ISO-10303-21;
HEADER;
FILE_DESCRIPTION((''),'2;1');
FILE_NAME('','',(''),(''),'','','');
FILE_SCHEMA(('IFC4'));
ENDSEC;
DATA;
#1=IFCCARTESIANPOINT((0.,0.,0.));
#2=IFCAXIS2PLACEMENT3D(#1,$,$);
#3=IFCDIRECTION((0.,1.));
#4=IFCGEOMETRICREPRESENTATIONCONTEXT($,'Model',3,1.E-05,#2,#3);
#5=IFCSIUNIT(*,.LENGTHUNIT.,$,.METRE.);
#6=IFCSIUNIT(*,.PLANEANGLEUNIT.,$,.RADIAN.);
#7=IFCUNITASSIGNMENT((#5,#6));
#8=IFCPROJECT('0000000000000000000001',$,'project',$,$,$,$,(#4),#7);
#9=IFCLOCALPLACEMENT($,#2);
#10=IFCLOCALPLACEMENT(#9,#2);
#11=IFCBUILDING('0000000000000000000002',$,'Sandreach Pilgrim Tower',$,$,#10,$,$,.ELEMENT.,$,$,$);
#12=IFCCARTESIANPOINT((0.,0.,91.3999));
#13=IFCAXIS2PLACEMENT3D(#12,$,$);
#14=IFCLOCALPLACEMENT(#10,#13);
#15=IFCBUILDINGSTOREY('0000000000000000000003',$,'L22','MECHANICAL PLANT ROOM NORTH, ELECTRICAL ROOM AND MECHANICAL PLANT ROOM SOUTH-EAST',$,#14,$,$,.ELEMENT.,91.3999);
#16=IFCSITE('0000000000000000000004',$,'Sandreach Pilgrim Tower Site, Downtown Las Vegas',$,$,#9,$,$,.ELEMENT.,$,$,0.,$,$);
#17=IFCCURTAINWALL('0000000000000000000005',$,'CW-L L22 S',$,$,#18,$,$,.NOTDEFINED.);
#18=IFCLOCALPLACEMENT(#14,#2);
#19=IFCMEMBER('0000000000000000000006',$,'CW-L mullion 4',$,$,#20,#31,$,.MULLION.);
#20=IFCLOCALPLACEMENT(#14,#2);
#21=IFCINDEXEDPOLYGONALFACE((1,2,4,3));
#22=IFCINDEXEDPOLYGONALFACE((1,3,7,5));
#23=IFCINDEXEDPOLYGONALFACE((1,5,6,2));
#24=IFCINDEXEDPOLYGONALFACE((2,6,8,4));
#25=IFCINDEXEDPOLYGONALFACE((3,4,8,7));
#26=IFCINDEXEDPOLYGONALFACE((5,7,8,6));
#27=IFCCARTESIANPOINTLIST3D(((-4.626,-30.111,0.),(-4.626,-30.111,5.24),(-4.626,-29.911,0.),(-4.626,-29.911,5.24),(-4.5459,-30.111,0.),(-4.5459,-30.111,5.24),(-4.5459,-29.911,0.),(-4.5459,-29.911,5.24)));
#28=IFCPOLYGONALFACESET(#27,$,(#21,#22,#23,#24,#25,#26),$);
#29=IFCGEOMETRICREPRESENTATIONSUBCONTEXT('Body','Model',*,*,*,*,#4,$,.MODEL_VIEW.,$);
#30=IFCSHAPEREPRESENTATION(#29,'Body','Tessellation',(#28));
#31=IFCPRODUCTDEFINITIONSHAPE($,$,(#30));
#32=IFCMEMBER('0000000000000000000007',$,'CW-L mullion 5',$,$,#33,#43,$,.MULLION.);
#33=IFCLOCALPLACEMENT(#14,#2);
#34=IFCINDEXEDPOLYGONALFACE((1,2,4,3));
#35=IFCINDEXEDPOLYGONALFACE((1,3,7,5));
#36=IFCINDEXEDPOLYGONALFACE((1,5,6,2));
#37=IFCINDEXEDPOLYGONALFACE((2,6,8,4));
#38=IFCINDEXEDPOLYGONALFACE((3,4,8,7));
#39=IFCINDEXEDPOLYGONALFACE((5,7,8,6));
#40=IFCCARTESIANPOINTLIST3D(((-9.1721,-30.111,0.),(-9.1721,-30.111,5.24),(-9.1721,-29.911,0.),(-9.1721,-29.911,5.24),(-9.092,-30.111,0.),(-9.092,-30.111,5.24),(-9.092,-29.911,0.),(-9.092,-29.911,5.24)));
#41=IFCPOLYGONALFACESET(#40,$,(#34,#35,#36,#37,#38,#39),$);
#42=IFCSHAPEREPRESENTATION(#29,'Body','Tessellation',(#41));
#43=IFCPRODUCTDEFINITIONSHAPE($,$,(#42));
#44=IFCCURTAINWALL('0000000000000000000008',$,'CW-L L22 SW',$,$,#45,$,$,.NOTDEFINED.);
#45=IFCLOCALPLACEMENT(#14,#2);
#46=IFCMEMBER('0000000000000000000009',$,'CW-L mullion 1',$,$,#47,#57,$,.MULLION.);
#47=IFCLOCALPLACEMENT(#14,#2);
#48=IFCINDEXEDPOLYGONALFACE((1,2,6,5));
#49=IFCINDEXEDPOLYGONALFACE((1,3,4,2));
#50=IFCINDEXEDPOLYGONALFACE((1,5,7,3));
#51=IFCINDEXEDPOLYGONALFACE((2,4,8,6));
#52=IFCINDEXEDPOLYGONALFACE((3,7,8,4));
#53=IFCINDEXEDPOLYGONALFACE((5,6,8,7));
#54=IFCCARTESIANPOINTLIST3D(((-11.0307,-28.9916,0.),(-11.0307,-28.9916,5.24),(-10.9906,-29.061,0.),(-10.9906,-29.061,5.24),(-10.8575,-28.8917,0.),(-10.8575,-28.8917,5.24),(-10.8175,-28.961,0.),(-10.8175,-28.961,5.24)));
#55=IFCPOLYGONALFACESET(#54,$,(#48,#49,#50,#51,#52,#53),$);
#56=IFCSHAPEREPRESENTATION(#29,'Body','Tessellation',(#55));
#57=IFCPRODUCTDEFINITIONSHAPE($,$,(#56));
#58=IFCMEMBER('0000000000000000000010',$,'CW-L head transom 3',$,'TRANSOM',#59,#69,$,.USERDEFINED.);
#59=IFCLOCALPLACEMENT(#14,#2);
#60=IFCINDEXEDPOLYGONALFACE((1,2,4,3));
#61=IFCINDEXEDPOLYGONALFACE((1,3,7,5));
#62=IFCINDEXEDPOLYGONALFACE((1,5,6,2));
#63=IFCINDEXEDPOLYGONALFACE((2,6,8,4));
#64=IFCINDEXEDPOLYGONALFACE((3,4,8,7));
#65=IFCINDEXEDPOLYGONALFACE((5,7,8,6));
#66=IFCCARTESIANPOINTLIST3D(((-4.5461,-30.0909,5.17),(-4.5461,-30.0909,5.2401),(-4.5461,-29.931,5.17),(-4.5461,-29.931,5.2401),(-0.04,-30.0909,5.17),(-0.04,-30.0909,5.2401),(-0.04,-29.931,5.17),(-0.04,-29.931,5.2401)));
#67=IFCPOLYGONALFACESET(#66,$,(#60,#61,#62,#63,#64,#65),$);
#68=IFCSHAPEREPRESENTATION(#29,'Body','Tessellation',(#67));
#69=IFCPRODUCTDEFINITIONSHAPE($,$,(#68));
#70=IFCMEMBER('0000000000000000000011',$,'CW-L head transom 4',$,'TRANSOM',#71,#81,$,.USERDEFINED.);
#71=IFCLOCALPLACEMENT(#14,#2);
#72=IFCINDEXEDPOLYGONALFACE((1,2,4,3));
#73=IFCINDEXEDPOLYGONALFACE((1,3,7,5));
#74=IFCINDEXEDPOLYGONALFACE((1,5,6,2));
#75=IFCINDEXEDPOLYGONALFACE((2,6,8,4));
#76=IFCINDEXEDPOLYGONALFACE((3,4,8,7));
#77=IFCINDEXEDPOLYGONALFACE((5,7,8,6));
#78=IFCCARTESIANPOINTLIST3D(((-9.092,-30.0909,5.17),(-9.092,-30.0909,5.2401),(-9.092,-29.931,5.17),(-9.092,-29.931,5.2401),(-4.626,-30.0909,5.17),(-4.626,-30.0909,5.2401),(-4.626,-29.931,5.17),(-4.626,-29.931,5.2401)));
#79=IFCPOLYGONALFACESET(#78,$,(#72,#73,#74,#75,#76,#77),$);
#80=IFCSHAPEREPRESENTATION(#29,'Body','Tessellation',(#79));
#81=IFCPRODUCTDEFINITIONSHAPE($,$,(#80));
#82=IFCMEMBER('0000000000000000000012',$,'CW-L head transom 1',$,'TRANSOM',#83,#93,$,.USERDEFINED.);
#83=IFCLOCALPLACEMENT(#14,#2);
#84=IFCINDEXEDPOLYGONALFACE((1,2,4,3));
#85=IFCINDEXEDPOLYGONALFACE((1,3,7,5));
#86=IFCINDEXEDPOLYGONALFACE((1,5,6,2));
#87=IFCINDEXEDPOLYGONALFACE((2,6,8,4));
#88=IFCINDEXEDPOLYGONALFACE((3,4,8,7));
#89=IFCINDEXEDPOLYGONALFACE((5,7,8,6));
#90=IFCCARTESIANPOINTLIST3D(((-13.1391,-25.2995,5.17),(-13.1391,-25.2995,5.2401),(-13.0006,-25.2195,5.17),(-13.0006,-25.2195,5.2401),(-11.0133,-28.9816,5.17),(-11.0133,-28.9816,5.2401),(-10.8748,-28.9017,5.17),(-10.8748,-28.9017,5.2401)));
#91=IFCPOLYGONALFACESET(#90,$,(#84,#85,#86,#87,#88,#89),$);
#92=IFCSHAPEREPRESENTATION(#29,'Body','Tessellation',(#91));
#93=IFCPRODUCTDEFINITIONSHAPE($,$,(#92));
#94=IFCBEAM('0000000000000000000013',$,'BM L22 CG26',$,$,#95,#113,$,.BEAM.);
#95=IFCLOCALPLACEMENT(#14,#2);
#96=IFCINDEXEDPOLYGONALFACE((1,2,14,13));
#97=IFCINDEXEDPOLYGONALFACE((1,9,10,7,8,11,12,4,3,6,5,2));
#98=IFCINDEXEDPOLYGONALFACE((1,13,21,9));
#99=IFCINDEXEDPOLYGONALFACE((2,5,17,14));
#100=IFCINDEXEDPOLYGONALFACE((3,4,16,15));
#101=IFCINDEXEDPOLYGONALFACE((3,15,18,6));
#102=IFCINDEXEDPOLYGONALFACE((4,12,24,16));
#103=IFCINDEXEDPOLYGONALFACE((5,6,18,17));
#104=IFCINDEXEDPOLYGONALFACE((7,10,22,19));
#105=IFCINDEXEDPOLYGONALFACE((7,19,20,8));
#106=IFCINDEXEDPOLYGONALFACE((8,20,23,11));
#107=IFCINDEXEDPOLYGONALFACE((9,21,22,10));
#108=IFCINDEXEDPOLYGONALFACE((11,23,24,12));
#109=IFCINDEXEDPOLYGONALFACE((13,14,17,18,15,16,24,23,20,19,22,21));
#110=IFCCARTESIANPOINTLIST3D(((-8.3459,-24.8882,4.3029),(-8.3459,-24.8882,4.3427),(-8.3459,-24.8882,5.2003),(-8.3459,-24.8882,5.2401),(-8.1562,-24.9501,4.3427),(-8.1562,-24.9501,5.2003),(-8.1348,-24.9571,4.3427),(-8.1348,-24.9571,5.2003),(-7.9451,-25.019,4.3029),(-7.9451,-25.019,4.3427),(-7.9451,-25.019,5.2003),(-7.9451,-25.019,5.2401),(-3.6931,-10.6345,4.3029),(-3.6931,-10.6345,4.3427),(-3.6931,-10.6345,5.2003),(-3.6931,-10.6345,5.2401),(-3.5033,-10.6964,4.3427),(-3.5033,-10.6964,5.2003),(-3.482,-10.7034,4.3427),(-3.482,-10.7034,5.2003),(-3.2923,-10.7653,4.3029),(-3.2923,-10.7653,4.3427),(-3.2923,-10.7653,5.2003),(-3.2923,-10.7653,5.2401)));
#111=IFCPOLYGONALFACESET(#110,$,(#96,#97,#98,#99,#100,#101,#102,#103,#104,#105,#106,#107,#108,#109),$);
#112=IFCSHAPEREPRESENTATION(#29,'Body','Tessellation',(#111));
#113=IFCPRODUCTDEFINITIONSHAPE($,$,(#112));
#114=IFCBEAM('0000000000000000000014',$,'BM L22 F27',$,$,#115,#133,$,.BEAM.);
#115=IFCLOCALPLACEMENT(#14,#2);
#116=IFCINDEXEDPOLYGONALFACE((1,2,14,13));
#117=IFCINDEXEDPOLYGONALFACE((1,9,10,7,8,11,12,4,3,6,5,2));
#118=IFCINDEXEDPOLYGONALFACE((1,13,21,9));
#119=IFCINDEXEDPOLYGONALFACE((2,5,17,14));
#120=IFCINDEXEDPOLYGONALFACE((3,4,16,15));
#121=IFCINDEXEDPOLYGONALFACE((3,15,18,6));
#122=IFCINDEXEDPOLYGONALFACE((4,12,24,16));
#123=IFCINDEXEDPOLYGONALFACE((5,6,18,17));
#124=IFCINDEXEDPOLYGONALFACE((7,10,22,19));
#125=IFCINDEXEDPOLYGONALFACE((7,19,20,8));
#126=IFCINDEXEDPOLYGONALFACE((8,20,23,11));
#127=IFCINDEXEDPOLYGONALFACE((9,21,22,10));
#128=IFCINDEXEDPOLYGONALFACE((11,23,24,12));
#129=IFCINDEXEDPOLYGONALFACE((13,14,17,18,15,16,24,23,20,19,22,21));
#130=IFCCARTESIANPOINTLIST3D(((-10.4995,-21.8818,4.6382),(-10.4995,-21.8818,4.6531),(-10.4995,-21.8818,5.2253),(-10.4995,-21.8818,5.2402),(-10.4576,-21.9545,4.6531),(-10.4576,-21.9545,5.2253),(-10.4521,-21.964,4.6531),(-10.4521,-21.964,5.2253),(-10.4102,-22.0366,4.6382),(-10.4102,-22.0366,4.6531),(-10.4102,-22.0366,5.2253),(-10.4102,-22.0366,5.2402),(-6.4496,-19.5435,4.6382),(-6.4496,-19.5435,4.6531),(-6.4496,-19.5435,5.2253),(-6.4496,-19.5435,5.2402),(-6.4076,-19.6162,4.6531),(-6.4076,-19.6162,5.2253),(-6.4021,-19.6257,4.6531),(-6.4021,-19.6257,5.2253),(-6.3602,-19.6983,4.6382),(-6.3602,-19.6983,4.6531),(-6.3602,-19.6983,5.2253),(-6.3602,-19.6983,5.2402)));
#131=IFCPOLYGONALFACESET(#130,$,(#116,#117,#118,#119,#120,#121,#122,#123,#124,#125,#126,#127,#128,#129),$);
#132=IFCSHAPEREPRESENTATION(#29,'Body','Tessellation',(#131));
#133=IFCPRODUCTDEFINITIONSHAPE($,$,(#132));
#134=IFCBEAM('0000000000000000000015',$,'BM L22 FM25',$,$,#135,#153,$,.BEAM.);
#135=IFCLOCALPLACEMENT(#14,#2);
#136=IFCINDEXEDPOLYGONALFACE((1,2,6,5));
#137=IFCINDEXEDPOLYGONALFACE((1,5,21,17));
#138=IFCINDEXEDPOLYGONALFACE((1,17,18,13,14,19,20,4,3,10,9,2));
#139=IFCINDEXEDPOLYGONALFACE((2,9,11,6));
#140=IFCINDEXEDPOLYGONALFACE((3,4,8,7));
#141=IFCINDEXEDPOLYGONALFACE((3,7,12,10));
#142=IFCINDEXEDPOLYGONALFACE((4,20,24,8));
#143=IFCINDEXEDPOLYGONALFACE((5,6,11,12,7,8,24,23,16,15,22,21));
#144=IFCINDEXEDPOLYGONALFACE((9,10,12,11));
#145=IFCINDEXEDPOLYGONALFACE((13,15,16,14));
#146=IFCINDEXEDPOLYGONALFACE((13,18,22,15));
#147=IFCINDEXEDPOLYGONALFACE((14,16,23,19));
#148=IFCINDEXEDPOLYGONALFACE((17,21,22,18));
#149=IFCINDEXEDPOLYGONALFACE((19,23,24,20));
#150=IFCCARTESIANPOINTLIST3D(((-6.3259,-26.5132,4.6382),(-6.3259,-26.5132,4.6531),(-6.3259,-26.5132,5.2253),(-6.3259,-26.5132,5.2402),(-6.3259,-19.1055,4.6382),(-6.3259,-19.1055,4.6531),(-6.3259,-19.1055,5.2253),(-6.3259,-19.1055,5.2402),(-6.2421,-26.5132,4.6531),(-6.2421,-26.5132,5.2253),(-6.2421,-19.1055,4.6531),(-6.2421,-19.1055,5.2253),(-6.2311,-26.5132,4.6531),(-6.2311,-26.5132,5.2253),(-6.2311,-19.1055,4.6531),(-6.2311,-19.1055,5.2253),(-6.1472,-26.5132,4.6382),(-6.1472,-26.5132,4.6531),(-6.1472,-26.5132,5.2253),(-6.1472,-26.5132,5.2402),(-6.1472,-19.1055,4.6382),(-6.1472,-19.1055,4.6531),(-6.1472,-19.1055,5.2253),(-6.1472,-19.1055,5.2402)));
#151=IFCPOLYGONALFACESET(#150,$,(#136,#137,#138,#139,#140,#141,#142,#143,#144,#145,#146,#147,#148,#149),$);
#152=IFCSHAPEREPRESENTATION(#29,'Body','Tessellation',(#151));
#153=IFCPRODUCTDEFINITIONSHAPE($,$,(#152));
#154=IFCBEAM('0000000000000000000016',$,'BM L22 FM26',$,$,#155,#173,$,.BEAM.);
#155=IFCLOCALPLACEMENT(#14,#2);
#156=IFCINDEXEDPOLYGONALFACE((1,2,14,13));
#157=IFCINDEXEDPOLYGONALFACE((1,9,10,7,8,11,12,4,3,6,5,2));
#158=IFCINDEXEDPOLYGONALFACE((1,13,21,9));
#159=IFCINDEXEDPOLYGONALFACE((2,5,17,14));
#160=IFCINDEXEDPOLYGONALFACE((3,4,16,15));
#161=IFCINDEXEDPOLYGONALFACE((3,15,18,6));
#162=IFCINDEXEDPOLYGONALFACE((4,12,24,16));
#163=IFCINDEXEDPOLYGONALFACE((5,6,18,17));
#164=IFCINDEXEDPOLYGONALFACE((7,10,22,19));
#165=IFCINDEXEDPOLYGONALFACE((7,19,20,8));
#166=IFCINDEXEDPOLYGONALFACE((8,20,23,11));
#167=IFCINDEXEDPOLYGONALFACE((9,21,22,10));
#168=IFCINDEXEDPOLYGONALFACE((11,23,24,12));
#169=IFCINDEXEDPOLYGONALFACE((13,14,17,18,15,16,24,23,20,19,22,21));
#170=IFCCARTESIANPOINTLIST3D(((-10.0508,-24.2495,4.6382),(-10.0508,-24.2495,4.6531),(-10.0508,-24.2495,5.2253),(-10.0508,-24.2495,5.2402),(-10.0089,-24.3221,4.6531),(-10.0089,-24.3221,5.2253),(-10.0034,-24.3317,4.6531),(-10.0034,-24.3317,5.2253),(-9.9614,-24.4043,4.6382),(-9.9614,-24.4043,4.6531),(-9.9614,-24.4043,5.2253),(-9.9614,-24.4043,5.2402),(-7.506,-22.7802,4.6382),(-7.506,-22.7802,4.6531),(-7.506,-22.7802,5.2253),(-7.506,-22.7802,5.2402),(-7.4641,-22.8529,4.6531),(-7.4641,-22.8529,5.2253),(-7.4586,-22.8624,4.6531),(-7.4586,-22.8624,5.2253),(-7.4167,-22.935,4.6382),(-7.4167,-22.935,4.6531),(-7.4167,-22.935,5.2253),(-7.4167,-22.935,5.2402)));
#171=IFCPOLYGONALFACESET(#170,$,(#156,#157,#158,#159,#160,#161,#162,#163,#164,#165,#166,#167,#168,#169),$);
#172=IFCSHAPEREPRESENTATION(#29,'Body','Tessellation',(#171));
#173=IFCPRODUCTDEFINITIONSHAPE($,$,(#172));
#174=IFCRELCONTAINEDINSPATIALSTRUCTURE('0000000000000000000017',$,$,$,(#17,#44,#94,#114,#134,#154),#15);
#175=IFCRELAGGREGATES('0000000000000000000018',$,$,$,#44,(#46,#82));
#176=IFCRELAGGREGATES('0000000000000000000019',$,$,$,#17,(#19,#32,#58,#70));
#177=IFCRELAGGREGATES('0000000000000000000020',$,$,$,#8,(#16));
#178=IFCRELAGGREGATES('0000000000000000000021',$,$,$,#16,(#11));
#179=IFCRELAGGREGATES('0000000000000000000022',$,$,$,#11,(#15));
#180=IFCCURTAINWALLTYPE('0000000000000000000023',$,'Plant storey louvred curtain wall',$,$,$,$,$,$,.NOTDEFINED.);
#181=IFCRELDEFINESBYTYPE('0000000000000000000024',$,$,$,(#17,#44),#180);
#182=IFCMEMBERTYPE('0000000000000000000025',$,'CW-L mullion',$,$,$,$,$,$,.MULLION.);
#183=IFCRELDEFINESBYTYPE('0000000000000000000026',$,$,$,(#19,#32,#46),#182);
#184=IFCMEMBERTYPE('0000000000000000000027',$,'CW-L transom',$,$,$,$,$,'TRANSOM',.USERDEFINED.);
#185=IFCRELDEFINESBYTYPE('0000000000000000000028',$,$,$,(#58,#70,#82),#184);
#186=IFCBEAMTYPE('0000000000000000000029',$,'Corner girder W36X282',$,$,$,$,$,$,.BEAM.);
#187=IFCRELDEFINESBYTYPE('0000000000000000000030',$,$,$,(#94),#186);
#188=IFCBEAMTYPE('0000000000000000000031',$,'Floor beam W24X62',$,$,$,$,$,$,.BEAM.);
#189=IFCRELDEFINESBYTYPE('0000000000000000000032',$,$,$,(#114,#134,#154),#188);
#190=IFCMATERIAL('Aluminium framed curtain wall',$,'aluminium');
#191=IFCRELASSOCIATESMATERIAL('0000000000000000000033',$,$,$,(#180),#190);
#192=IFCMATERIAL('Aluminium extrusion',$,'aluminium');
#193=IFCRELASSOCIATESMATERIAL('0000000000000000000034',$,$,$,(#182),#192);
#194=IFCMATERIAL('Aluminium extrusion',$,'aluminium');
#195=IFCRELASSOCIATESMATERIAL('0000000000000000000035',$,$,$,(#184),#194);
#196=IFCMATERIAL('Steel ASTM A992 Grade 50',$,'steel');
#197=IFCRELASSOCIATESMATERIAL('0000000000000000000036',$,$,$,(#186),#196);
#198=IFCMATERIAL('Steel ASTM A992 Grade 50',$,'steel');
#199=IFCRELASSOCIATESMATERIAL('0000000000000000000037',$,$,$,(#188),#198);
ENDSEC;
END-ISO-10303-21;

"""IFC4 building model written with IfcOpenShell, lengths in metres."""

from ifc_helpers import new_model, si_unit, direction, frame, origin, origin_2d, place, context, subcontext, project, spatial, rectangle, i_section, extrude, material, material_profile, profile_set, type_object, element, aggregate, save


model = new_model("IFC4")

# Units and contexts
model_context = context("Model", 3, precision=1e-05, world=origin(), true_north=direction((0.0, 1.0)))
body_context = subcontext(model_context, "Body", "Model", "MODEL_VIEW")
ifc_project = project(units=[si_unit("LENGTHUNIT", "METRE"), si_unit("PLANEANGLEUNIT", "RADIAN")], contexts=[model_context])

# Site, building, storey
site_placement = place(None, origin())
site = spatial("IfcSite", under=ifc_project, at=site_placement, Name="Sandreach Pilgrim Tower Site, Downtown Las Vegas", CompositionType="ELEMENT", RefElevation=0.0)
building_placement = place(site_placement, origin())
building = spatial("IfcBuilding", under=site, at=building_placement, Name="Sandreach Pilgrim Tower", CompositionType="ELEMENT")
storey_placement = place(building_placement, frame((0.0, 0.0, 91.3999)))
storey = spatial("IfcBuildingStorey", under=building, at=storey_placement, Name="L22", Description="MECHANICAL PLANT ROOM NORTH, ELECTRICAL ROOM AND MECHANICAL PLANT ROOM SOUTH-EAST", CompositionType="ELEMENT", Elevation=91.3999)

# Curtain wall, members
ifc_material_1 = material(Name="Aluminium framed curtain wall", Category="aluminium")
curtain_wall_type = type_object("IfcCurtainWallType", Name="Plant storey louvred curtain wall", PredefinedType="NOTDEFINED", material=ifc_material_1)
curtain_wall_1_placement = place(storey_placement, origin())
curtain_wall_1 = element("IfcCurtainWall", 1, at=curtain_wall_1_placement, inside=storey, type_object=curtain_wall_type, Name="CW-L L22 S", PredefinedType="NOTDEFINED")
ifc_material_2 = material(Name="Aluminium extrusion", Category="aluminium")
ifc_material_profile_1 = material_profile(ifc_material_2, rectangle(XDim=0.0801, YDim=0.2, at=origin_2d()), Name="CW-LM 80X200")
ifc_profile_set_1 = profile_set([ifc_material_profile_1], Name="Aluminium extrusion")
member_type_1 = type_object("IfcMemberType", Name="CW-L mullion", PredefinedType="MULLION", material=ifc_profile_set_1)
member_1_placement = place(storey_placement, frame((-4.5859, -30.011, 0.0), z_axis=(0.0, 0.0, 1.0), x_axis=(-1.0, 0.0, 0.0)))
member_1 = element("IfcMember", 2, at=member_1_placement, type_object=member_type_1, Name="CW-L mullion 4", PredefinedType="MULLION", context=body_context, shape_type="SweptSolid", body=[
    extrude(rectangle(XDim=0.0801, YDim=0.2, at=origin_2d()), origin(), (0.0, 0.0, 1.0), 5.24),
])
member_2_placement = place(storey_placement, frame((-9.1321, -30.011, 0.0), z_axis=(0.0, 0.0, 1.0), x_axis=(-1.0, 0.0, 0.0)))
member_2 = element("IfcMember", 3, at=member_2_placement, type_object=member_type_1, Name="CW-L mullion 5", PredefinedType="MULLION", context=body_context, shape_type="SweptSolid", body=[
    extrude(rectangle(XDim=0.0801, YDim=0.2, at=origin_2d()), origin(), (0.0, 0.0, 1.0), 5.24),
])

# Curtain wall, member
curtain_wall_2_placement = place(storey_placement, origin())
curtain_wall_2 = element("IfcCurtainWall", 4, at=curtain_wall_2_placement, inside=storey, type_object=curtain_wall_type, Name="CW-L L22 SW", PredefinedType="NOTDEFINED")
member_3_placement = place(storey_placement, frame((-10.9241, -28.9763, 0.0), z_axis=(0.0, 0.0, 1.0), x_axis=(-0.5, 0.866025, 0.0)))
member_3 = element("IfcMember", 5, at=member_3_placement, type_object=member_type_1, Name="CW-L mullion 1", PredefinedType="MULLION", context=body_context, shape_type="SweptSolid", body=[
    extrude(rectangle(XDim=0.0801, YDim=0.2, at=origin_2d()), origin(), (0.0, 0.0, 1.0), 5.24),
])

# Members
ifc_material_3 = material(Name="Aluminium extrusion", Category="aluminium")
ifc_material_profile_2 = material_profile(ifc_material_3, rectangle(XDim=0.1599, YDim=0.0701, at=origin_2d()), Name="CW-LT 160X70")
ifc_profile_set_2 = profile_set([ifc_material_profile_2], Name="Aluminium extrusion")
member_type_2 = type_object("IfcMemberType", Name="CW-L transom", ElementType="TRANSOM", PredefinedType="USERDEFINED", material=ifc_profile_set_2)
member_4_placement = place(storey_placement, frame((-0.04, -30.011, 5.2051), z_axis=(-1.0, 0.0, 0.0), x_axis=(0.0, -1.0, 0.0)))
member_4 = element("IfcMember", 6, at=member_4_placement, type_object=member_type_2, Name="CW-L head transom 3", ObjectType="TRANSOM", PredefinedType="USERDEFINED", context=body_context, shape_type="SweptSolid", body=[
    extrude(rectangle(XDim=0.1599, YDim=0.0701, at=origin_2d()), origin(), (0.0, 0.0, 1.0), 4.5061),
])
member_5_placement = place(storey_placement, frame((-4.626, -30.011, 5.2051), z_axis=(-1.0, 0.0, 0.0), x_axis=(0.0, -1.0, 0.0)))
member_5 = element("IfcMember", 7, at=member_5_placement, type_object=member_type_2, Name="CW-L head transom 4", ObjectType="TRANSOM", PredefinedType="USERDEFINED", context=body_context, shape_type="SweptSolid", body=[
    extrude(rectangle(XDim=0.1599, YDim=0.0701, at=origin_2d()), origin(), (0.0, 0.0, 1.0), 4.4661),
])
member_6_placement = place(storey_placement, frame((-10.9441, -28.9417, 5.2051), z_axis=(-0.499974, 0.86604, 0.0), x_axis=(-0.86604, -0.499974, 0.0)))
member_6 = element("IfcMember", 8, at=member_6_placement, type_object=member_type_2, Name="CW-L head transom 1", ObjectType="TRANSOM", PredefinedType="USERDEFINED", context=body_context, shape_type="SweptSolid", body=[
    extrude(rectangle(XDim=0.1599, YDim=0.0701, at=origin_2d()), origin(), (0.0, 0.0, 1.0), 4.2517),
])
aggregate(curtain_wall_2, [member_3, member_6])

# Beams
ifc_material_4 = material(Name="Steel ASTM A992 Grade 50", Category="steel")
ifc_material_profile_3 = material_profile(ifc_material_4, i_section(OverallWidth=0.4216, OverallDepth=0.9373, WebThickness=0.0225, FlangeThickness=0.0398, at=origin_2d()), Name="W36X282")
ifc_profile_set_3 = profile_set([ifc_material_profile_3], Name="Steel ASTM A992 Grade 50")
beam_type_1 = type_object("IfcBeamType", Name="Corner girder W36X282", PredefinedType="BEAM", material=ifc_profile_set_3)
beam_1_placement = place(storey_placement, frame((-8.1455, -24.9536, 4.7715), z_axis=(0.310316, 0.950633, 0.0), x_axis=(-0.950633, 0.310316, 0.0)))
element("IfcBeam", 9, at=beam_1_placement, inside=storey, type_object=beam_type_1, Name="BM L22 CG26", PredefinedType="BEAM", context=body_context, shape_type="SweptSolid", body=[
    extrude(i_section(OverallWidth=0.4216, OverallDepth=0.9373, WebThickness=0.0225, FlangeThickness=0.0398, at=origin_2d()), origin(), (0.0, 0.0, 1.0), 14.9939),
])
ifc_material_5 = material(Name="Steel ASTM A992 Grade 50", Category="steel")
ifc_material_profile_4 = material_profile(ifc_material_5, i_section(OverallWidth=0.1787, OverallDepth=0.6021, WebThickness=0.011, FlangeThickness=0.0149, at=origin_2d()), Name="W24X62")
ifc_profile_set_4 = profile_set([ifc_material_profile_4], Name="Steel ASTM A992 Grade 50")
beam_type_2 = type_object("IfcBeamType", Name="Floor beam W24X62", PredefinedType="BEAM", material=ifc_profile_set_4)
beam_2_placement = place(storey_placement, frame((-10.4548, -21.9592, 4.9392), z_axis=(0.866018, 0.500013, 0.0), x_axis=(-0.500013, 0.866018, 0.0)))
element("IfcBeam", 10, at=beam_2_placement, inside=storey, type_object=beam_type_2, Name="BM L22 F27", PredefinedType="BEAM", context=body_context, shape_type="SweptSolid", body=[
    extrude(i_section(OverallWidth=0.1787, OverallDepth=0.6021, WebThickness=0.011, FlangeThickness=0.0149, at=origin_2d()), origin(), (0.0, 0.0, 1.0), 4.6765),
])
beam_3_placement = place(storey_placement, frame((-6.2366, -26.5132, 4.9392), z_axis=(0.0, 1.0, 0.0), x_axis=(-1.0, 0.0, 0.0)))
element("IfcBeam", 11, at=beam_3_placement, inside=storey, type_object=beam_type_2, Name="BM L22 FM25", PredefinedType="BEAM", context=body_context, shape_type="SweptSolid", body=[
    extrude(i_section(OverallWidth=0.1787, OverallDepth=0.6021, WebThickness=0.011, FlangeThickness=0.0149, at=origin_2d()), origin(), (0.0, 0.0, 1.0), 7.4077),
])
beam_4_placement = place(storey_placement, frame((-10.0061, -24.3269, 4.9392), z_axis=(0.866015, 0.500017, 0.0), x_axis=(-0.500017, 0.866015, 0.0)))
element("IfcBeam", 12, at=beam_4_placement, inside=storey, type_object=beam_type_2, Name="BM L22 FM26", PredefinedType="BEAM", context=body_context, shape_type="SweptSolid", body=[
    extrude(i_section(OverallWidth=0.1787, OverallDepth=0.6021, WebThickness=0.011, FlangeThickness=0.0149, at=origin_2d()), origin(), (0.0, 0.0, 1.0), 2.9385),
])

aggregate(curtain_wall_1, [member_1, member_2, member_4, member_5])

save(model, "model.ifc")
